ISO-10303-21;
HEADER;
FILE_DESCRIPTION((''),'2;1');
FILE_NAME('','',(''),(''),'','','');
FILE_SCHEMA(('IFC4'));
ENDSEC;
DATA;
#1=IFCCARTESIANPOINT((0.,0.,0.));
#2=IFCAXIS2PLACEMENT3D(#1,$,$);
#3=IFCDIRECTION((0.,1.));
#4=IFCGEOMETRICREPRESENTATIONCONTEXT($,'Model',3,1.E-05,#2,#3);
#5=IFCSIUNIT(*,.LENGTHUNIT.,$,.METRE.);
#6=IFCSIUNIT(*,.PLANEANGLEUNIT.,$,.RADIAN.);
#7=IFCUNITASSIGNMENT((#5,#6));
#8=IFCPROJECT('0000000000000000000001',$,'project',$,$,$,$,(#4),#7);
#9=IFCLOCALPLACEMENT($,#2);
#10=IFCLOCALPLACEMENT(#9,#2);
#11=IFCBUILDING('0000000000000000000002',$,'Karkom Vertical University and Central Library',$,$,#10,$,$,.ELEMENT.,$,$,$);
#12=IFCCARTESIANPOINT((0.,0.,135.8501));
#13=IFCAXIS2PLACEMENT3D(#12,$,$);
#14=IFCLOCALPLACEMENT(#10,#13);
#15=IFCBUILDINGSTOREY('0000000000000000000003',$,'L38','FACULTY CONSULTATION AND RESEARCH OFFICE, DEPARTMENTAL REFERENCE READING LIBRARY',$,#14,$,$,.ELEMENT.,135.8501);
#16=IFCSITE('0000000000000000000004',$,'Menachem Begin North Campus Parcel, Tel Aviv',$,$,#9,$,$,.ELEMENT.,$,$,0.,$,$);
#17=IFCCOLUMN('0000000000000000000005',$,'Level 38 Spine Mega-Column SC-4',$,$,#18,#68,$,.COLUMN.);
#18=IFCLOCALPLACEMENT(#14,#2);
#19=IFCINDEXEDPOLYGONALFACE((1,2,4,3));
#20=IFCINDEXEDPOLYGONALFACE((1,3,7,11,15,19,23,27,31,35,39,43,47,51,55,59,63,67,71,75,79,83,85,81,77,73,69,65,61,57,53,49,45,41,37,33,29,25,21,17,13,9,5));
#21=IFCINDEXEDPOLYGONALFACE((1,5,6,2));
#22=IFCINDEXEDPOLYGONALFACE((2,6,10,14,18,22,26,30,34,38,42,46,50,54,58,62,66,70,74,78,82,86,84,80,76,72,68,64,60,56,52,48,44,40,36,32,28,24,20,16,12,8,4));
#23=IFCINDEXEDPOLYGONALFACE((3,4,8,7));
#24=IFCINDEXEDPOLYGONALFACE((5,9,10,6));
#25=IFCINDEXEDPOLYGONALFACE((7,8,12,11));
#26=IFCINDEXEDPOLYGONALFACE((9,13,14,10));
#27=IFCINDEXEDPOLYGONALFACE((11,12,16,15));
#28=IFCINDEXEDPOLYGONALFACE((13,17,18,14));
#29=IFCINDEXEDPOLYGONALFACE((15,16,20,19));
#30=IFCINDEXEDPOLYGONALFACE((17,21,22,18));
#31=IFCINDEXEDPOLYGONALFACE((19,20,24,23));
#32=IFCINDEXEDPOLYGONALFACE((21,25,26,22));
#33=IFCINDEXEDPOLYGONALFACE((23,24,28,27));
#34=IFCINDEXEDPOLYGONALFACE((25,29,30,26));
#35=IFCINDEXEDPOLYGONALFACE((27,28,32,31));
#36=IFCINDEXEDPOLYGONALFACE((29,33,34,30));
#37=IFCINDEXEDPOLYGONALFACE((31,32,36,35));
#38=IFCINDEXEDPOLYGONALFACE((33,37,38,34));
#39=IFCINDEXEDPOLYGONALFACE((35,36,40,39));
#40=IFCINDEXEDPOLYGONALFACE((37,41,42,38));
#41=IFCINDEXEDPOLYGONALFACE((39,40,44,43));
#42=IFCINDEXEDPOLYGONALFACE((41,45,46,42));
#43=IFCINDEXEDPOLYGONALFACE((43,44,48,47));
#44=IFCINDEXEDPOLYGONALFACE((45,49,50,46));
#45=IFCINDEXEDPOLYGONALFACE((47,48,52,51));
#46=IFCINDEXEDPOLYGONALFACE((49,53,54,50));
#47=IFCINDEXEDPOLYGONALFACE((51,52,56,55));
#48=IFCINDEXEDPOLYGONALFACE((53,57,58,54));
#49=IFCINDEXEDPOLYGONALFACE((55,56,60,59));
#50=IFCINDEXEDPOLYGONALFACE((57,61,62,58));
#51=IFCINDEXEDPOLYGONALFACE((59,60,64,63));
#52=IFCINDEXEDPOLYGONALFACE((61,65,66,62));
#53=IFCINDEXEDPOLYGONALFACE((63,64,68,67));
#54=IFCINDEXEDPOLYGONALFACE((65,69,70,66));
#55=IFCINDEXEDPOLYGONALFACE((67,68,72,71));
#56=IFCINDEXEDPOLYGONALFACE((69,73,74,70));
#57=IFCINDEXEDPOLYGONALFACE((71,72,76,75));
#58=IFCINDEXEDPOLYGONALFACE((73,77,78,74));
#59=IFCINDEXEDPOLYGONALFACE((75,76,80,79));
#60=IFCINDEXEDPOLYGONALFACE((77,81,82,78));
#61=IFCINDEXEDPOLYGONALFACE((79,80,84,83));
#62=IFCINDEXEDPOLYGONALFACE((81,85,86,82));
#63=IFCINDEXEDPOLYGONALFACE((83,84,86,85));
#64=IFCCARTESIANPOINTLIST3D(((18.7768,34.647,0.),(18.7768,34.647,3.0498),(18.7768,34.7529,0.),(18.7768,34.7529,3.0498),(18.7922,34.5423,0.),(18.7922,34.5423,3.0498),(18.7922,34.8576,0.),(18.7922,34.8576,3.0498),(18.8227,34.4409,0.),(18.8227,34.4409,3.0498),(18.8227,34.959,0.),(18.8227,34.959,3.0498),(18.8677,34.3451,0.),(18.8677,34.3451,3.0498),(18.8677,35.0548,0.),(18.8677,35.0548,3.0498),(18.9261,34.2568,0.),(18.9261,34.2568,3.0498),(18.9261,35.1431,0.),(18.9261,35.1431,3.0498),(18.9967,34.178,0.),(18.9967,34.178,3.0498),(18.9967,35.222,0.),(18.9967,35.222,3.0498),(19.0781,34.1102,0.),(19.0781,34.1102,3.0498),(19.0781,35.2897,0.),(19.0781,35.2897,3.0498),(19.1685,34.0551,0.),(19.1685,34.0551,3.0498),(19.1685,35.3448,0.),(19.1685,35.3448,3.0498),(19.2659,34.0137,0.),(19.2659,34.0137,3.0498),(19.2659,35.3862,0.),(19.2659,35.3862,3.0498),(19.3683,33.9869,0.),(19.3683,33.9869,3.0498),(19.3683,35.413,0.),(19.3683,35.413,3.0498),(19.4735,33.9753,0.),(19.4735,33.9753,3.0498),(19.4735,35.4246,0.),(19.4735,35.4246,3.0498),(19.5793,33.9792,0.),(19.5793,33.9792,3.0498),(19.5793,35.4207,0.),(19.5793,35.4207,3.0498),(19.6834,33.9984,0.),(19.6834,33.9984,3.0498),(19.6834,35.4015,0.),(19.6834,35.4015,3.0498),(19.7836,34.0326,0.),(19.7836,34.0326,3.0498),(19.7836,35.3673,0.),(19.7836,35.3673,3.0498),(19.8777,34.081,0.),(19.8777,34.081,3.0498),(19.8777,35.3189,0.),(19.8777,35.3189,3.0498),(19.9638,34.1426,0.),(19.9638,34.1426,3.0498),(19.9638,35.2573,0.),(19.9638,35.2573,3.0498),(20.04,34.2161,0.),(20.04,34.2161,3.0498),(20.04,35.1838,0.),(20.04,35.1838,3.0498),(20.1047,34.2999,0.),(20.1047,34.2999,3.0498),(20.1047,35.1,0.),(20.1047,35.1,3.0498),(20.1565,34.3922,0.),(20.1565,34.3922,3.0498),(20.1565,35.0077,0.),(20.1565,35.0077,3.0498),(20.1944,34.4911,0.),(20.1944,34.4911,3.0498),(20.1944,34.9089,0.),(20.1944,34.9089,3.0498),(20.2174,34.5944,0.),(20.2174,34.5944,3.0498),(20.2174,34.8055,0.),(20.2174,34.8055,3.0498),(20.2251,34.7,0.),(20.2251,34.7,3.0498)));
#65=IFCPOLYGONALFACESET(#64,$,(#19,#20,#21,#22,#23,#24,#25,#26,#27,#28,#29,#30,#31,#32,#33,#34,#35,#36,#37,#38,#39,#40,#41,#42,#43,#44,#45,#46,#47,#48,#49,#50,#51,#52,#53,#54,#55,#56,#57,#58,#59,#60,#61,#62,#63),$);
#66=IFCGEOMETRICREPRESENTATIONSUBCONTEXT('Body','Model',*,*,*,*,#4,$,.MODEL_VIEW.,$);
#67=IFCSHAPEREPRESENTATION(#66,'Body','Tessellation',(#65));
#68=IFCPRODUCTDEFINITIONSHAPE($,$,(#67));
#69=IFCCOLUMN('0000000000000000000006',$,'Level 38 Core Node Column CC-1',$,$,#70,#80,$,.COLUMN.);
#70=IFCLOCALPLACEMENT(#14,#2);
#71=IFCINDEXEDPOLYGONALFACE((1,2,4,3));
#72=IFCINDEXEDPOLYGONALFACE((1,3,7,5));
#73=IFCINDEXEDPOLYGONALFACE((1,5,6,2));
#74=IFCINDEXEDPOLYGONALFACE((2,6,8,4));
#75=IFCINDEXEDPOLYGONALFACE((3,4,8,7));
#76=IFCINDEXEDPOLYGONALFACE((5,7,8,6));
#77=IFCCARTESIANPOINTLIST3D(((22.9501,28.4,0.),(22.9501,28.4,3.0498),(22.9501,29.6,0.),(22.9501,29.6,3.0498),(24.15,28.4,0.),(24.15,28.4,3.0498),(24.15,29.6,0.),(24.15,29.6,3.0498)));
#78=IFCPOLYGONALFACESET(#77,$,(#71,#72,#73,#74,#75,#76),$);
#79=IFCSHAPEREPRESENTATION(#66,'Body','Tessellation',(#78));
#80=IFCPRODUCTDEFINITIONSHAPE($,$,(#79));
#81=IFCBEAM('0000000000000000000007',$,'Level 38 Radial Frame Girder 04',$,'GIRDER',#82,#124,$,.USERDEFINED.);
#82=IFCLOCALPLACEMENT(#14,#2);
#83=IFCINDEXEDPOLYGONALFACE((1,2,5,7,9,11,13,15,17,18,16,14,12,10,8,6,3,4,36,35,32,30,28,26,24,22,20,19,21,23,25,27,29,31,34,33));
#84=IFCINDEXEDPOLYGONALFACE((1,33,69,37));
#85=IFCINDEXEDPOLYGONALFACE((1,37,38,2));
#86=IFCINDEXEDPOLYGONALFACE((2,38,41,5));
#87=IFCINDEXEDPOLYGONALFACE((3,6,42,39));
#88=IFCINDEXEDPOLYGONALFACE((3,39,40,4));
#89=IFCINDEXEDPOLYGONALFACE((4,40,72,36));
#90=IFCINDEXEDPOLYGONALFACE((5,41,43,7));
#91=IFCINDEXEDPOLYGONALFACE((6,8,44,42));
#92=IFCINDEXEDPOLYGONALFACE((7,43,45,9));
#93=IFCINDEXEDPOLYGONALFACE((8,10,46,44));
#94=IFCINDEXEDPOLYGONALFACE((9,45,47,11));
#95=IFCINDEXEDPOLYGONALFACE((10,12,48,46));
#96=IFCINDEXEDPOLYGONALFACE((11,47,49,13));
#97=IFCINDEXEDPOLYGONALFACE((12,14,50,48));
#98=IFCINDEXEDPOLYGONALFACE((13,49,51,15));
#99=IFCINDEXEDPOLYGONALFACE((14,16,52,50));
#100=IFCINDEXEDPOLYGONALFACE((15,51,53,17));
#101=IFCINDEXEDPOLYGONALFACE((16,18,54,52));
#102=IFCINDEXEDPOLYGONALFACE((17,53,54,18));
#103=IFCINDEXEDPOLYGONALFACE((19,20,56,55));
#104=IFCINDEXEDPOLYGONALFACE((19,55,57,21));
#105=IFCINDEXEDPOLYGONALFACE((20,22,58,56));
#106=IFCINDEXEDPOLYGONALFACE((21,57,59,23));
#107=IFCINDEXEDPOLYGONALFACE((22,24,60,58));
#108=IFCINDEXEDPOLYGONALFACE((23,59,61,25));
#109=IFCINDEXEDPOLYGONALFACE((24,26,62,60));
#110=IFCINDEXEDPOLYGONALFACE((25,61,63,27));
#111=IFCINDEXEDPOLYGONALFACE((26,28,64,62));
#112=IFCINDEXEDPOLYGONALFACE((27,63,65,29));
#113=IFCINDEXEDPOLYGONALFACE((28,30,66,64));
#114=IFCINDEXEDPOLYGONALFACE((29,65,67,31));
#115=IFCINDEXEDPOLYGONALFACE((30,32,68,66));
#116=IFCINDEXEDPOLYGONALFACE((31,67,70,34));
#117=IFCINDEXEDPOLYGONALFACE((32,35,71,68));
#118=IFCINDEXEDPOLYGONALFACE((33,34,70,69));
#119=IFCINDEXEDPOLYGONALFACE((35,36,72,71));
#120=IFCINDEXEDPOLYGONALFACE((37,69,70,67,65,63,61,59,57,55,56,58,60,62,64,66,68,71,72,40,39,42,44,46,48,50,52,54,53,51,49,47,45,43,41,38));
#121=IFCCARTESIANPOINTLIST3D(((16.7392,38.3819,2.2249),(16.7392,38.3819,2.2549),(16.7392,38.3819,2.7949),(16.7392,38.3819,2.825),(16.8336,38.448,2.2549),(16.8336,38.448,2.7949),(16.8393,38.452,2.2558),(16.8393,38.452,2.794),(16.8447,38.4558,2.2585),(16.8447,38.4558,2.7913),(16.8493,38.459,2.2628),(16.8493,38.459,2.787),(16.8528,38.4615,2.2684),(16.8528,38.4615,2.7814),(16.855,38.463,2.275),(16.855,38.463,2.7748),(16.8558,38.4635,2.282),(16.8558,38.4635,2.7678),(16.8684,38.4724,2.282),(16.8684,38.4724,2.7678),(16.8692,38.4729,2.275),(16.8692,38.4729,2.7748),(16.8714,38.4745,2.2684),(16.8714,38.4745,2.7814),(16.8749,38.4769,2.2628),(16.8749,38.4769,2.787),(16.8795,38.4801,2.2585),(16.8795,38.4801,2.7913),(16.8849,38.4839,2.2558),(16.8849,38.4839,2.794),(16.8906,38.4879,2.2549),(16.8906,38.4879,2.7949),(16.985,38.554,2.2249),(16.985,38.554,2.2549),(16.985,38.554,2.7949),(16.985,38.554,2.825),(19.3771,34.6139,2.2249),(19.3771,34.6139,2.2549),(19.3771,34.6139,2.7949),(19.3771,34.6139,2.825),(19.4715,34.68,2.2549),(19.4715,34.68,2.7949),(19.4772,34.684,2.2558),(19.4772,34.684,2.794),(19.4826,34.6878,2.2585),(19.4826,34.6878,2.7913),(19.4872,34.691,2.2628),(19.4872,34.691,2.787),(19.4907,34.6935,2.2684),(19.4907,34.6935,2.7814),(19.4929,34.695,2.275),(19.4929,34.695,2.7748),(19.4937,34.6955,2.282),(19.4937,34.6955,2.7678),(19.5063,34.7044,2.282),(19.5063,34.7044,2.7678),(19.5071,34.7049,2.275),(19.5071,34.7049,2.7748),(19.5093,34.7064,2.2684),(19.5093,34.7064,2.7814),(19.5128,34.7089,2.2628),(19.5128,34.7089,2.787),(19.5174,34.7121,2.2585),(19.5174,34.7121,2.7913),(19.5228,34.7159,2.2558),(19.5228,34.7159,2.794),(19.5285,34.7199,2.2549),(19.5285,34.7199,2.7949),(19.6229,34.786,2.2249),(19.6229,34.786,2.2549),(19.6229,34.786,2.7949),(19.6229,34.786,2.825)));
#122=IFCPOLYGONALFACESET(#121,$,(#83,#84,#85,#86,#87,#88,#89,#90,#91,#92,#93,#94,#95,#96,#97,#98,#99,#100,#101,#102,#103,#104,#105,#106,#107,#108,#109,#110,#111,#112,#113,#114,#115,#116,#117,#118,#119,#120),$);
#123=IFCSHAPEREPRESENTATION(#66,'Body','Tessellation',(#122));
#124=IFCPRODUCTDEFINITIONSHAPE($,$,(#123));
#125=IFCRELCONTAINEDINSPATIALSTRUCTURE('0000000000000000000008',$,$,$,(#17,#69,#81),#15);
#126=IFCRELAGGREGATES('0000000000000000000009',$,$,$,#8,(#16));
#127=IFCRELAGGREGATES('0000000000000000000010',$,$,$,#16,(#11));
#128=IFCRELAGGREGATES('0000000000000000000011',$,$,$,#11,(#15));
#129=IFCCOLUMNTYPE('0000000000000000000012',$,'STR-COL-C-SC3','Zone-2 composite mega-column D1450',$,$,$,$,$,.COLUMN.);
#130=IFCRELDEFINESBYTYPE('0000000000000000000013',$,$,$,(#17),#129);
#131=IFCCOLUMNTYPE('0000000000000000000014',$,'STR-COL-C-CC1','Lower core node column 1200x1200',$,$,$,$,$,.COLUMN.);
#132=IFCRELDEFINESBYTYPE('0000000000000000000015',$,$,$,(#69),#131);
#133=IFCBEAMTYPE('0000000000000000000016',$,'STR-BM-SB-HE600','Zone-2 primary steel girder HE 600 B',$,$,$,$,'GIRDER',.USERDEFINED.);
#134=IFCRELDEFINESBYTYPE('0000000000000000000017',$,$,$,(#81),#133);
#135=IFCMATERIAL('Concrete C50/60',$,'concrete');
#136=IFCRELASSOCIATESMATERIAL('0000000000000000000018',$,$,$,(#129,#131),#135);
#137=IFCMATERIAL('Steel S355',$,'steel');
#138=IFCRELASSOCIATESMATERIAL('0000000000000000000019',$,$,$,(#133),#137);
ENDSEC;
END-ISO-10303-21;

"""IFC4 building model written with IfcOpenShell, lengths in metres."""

from ifc_helpers import new_model, si_unit, direction, frame, origin, origin_with_axes, origin_2d, place, context, subcontext, project, spatial, rectangle, circle, i_section, extrude, source, transform, mapped, material, material_profile, profile_set, type_object, element, save


model = new_model("IFC4")

# Units and contexts
model_context = context("Model", 3, precision=1e-05, world=origin(), true_north=direction((0.0, 1.0)))
body_context = subcontext(model_context, "Body", "Model", "MODEL_VIEW")
ifc_project = project(units=[si_unit("LENGTHUNIT", "METRE"), si_unit("PLANEANGLEUNIT", "RADIAN")], contexts=[model_context])

# Site, building, storey
site_placement = place(None, origin())
site = spatial("IfcSite", under=ifc_project, at=site_placement, Name="Menachem Begin North Campus Parcel, Tel Aviv", CompositionType="ELEMENT", RefElevation=0.0)
building_placement = place(site_placement, origin())
building = spatial("IfcBuilding", under=site, at=building_placement, Name="Karkom Vertical University and Central Library", CompositionType="ELEMENT")
storey_placement = place(building_placement, frame((0.0, 0.0, 135.8501)))
storey = spatial("IfcBuildingStorey", under=building, at=storey_placement, Name="L38", Description="FACULTY CONSULTATION AND RESEARCH OFFICE, DEPARTMENTAL REFERENCE READING LIBRARY", CompositionType="ELEMENT", Elevation=135.8501)

# Columns
ifc_material_1 = material(Name="Concrete C50/60", Category="concrete")
ifc_material_profile_1 = material_profile(ifc_material_1, circle(Radius=0.7251, at=origin_2d()), Name="CFT-D1450")
ifc_profile_set_1 = profile_set([ifc_material_profile_1], Name="Concrete C50/60")
column_type_1 = type_object("IfcColumnType", Name="STR-COL-C-SC3", Description="Zone-2 composite mega-column D1450", PredefinedType="COLUMN", material=ifc_profile_set_1)
shared_shape_1 = source(origin_with_axes(), body_context, "Body", "SweptSolid", [
    extrude(circle(Radius=0.7251, at=origin_2d()), origin(), (0.0, 0.0, 1.0), 3.0498),
])
column_1_placement = place(storey_placement, frame((19.5, 34.7, 0.0), z_axis=(0.0, 0.0, 1.0), x_axis=(1.0, 0.0, 0.0)))
element("IfcColumn", 1, at=column_1_placement, inside=storey, type_object=column_type_1, Name="Level 38 Spine Mega-Column SC-4", PredefinedType="COLUMN", context=body_context, shape_type="MappedRepresentation", body=[
    mapped(shared_shape_1, transform((0.0, 0.0, 0.0), scale=1.0)),
])
ifc_material_profile_2 = material_profile(ifc_material_1, rectangle(XDim=1.2, YDim=1.2, at=origin_2d()), Name="RC-1200x1200")
ifc_profile_set_2 = profile_set([ifc_material_profile_2], Name="Concrete C50/60")
column_type_2 = type_object("IfcColumnType", Name="STR-COL-C-CC1", Description="Lower core node column 1200x1200", PredefinedType="COLUMN", material=ifc_profile_set_2)
shared_shape_2 = source(origin_with_axes(), body_context, "Body", "SweptSolid", [
    extrude(rectangle(XDim=1.2, YDim=1.2, at=origin_2d()), origin(), (0.0, 0.0, 1.0), 3.0498),
])
column_2_placement = place(storey_placement, frame((23.55, 29.0, 0.0), z_axis=(0.0, 0.0, 1.0), x_axis=(1.0, 0.0, 0.0)))
element("IfcColumn", 2, at=column_2_placement, inside=storey, type_object=column_type_2, Name="Level 38 Core Node Column CC-1", PredefinedType="COLUMN", context=body_context, shape_type="MappedRepresentation", body=[
    mapped(shared_shape_2, transform((0.0, 0.0, 0.0), scale=1.0)),
])

# Beam
ifc_material_2 = material(Name="Steel S355", Category="steel")
ifc_material_profile_3 = material_profile(ifc_material_2, i_section(OverallWidth=0.3, OverallDepth=0.6001, WebThickness=0.0154, FlangeThickness=0.03, FilletRadius=0.0271, at=origin_2d()), Name="HE 600 B")
ifc_profile_set_3 = profile_set([ifc_material_profile_3], Name="Steel S355")
beam_type = type_object("IfcBeamType", Name="STR-BM-SB-HE600", Description="Zone-2 primary steel girder HE 600 B", ElementType="GIRDER", PredefinedType="USERDEFINED", material=ifc_profile_set_3)
shared_shape_3 = source(origin_with_axes(), body_context, "Body", "SweptSolid", [
    extrude(i_section(OverallWidth=0.3, OverallDepth=0.6001, WebThickness=0.0154, FlangeThickness=0.03, FilletRadius=0.0271, at=origin_2d()), origin(), (0.0, 0.0, 1.0), 4.5996),
])
beam_placement = place(storey_placement, frame((19.5, 34.7, 2.5249), z_axis=(-0.573505, 0.819202, 0.0), x_axis=(-0.819202, -0.573505, 0.0)))
element("IfcBeam", 3, at=beam_placement, inside=storey, type_object=beam_type, Name="Level 38 Radial Frame Girder 04", ObjectType="GIRDER", PredefinedType="USERDEFINED", context=body_context, shape_type="MappedRepresentation", body=[
    mapped(shared_shape_3, transform((0.0, 0.0, 0.0), scale=1.0)),
])

save(model, "model.ifc")
